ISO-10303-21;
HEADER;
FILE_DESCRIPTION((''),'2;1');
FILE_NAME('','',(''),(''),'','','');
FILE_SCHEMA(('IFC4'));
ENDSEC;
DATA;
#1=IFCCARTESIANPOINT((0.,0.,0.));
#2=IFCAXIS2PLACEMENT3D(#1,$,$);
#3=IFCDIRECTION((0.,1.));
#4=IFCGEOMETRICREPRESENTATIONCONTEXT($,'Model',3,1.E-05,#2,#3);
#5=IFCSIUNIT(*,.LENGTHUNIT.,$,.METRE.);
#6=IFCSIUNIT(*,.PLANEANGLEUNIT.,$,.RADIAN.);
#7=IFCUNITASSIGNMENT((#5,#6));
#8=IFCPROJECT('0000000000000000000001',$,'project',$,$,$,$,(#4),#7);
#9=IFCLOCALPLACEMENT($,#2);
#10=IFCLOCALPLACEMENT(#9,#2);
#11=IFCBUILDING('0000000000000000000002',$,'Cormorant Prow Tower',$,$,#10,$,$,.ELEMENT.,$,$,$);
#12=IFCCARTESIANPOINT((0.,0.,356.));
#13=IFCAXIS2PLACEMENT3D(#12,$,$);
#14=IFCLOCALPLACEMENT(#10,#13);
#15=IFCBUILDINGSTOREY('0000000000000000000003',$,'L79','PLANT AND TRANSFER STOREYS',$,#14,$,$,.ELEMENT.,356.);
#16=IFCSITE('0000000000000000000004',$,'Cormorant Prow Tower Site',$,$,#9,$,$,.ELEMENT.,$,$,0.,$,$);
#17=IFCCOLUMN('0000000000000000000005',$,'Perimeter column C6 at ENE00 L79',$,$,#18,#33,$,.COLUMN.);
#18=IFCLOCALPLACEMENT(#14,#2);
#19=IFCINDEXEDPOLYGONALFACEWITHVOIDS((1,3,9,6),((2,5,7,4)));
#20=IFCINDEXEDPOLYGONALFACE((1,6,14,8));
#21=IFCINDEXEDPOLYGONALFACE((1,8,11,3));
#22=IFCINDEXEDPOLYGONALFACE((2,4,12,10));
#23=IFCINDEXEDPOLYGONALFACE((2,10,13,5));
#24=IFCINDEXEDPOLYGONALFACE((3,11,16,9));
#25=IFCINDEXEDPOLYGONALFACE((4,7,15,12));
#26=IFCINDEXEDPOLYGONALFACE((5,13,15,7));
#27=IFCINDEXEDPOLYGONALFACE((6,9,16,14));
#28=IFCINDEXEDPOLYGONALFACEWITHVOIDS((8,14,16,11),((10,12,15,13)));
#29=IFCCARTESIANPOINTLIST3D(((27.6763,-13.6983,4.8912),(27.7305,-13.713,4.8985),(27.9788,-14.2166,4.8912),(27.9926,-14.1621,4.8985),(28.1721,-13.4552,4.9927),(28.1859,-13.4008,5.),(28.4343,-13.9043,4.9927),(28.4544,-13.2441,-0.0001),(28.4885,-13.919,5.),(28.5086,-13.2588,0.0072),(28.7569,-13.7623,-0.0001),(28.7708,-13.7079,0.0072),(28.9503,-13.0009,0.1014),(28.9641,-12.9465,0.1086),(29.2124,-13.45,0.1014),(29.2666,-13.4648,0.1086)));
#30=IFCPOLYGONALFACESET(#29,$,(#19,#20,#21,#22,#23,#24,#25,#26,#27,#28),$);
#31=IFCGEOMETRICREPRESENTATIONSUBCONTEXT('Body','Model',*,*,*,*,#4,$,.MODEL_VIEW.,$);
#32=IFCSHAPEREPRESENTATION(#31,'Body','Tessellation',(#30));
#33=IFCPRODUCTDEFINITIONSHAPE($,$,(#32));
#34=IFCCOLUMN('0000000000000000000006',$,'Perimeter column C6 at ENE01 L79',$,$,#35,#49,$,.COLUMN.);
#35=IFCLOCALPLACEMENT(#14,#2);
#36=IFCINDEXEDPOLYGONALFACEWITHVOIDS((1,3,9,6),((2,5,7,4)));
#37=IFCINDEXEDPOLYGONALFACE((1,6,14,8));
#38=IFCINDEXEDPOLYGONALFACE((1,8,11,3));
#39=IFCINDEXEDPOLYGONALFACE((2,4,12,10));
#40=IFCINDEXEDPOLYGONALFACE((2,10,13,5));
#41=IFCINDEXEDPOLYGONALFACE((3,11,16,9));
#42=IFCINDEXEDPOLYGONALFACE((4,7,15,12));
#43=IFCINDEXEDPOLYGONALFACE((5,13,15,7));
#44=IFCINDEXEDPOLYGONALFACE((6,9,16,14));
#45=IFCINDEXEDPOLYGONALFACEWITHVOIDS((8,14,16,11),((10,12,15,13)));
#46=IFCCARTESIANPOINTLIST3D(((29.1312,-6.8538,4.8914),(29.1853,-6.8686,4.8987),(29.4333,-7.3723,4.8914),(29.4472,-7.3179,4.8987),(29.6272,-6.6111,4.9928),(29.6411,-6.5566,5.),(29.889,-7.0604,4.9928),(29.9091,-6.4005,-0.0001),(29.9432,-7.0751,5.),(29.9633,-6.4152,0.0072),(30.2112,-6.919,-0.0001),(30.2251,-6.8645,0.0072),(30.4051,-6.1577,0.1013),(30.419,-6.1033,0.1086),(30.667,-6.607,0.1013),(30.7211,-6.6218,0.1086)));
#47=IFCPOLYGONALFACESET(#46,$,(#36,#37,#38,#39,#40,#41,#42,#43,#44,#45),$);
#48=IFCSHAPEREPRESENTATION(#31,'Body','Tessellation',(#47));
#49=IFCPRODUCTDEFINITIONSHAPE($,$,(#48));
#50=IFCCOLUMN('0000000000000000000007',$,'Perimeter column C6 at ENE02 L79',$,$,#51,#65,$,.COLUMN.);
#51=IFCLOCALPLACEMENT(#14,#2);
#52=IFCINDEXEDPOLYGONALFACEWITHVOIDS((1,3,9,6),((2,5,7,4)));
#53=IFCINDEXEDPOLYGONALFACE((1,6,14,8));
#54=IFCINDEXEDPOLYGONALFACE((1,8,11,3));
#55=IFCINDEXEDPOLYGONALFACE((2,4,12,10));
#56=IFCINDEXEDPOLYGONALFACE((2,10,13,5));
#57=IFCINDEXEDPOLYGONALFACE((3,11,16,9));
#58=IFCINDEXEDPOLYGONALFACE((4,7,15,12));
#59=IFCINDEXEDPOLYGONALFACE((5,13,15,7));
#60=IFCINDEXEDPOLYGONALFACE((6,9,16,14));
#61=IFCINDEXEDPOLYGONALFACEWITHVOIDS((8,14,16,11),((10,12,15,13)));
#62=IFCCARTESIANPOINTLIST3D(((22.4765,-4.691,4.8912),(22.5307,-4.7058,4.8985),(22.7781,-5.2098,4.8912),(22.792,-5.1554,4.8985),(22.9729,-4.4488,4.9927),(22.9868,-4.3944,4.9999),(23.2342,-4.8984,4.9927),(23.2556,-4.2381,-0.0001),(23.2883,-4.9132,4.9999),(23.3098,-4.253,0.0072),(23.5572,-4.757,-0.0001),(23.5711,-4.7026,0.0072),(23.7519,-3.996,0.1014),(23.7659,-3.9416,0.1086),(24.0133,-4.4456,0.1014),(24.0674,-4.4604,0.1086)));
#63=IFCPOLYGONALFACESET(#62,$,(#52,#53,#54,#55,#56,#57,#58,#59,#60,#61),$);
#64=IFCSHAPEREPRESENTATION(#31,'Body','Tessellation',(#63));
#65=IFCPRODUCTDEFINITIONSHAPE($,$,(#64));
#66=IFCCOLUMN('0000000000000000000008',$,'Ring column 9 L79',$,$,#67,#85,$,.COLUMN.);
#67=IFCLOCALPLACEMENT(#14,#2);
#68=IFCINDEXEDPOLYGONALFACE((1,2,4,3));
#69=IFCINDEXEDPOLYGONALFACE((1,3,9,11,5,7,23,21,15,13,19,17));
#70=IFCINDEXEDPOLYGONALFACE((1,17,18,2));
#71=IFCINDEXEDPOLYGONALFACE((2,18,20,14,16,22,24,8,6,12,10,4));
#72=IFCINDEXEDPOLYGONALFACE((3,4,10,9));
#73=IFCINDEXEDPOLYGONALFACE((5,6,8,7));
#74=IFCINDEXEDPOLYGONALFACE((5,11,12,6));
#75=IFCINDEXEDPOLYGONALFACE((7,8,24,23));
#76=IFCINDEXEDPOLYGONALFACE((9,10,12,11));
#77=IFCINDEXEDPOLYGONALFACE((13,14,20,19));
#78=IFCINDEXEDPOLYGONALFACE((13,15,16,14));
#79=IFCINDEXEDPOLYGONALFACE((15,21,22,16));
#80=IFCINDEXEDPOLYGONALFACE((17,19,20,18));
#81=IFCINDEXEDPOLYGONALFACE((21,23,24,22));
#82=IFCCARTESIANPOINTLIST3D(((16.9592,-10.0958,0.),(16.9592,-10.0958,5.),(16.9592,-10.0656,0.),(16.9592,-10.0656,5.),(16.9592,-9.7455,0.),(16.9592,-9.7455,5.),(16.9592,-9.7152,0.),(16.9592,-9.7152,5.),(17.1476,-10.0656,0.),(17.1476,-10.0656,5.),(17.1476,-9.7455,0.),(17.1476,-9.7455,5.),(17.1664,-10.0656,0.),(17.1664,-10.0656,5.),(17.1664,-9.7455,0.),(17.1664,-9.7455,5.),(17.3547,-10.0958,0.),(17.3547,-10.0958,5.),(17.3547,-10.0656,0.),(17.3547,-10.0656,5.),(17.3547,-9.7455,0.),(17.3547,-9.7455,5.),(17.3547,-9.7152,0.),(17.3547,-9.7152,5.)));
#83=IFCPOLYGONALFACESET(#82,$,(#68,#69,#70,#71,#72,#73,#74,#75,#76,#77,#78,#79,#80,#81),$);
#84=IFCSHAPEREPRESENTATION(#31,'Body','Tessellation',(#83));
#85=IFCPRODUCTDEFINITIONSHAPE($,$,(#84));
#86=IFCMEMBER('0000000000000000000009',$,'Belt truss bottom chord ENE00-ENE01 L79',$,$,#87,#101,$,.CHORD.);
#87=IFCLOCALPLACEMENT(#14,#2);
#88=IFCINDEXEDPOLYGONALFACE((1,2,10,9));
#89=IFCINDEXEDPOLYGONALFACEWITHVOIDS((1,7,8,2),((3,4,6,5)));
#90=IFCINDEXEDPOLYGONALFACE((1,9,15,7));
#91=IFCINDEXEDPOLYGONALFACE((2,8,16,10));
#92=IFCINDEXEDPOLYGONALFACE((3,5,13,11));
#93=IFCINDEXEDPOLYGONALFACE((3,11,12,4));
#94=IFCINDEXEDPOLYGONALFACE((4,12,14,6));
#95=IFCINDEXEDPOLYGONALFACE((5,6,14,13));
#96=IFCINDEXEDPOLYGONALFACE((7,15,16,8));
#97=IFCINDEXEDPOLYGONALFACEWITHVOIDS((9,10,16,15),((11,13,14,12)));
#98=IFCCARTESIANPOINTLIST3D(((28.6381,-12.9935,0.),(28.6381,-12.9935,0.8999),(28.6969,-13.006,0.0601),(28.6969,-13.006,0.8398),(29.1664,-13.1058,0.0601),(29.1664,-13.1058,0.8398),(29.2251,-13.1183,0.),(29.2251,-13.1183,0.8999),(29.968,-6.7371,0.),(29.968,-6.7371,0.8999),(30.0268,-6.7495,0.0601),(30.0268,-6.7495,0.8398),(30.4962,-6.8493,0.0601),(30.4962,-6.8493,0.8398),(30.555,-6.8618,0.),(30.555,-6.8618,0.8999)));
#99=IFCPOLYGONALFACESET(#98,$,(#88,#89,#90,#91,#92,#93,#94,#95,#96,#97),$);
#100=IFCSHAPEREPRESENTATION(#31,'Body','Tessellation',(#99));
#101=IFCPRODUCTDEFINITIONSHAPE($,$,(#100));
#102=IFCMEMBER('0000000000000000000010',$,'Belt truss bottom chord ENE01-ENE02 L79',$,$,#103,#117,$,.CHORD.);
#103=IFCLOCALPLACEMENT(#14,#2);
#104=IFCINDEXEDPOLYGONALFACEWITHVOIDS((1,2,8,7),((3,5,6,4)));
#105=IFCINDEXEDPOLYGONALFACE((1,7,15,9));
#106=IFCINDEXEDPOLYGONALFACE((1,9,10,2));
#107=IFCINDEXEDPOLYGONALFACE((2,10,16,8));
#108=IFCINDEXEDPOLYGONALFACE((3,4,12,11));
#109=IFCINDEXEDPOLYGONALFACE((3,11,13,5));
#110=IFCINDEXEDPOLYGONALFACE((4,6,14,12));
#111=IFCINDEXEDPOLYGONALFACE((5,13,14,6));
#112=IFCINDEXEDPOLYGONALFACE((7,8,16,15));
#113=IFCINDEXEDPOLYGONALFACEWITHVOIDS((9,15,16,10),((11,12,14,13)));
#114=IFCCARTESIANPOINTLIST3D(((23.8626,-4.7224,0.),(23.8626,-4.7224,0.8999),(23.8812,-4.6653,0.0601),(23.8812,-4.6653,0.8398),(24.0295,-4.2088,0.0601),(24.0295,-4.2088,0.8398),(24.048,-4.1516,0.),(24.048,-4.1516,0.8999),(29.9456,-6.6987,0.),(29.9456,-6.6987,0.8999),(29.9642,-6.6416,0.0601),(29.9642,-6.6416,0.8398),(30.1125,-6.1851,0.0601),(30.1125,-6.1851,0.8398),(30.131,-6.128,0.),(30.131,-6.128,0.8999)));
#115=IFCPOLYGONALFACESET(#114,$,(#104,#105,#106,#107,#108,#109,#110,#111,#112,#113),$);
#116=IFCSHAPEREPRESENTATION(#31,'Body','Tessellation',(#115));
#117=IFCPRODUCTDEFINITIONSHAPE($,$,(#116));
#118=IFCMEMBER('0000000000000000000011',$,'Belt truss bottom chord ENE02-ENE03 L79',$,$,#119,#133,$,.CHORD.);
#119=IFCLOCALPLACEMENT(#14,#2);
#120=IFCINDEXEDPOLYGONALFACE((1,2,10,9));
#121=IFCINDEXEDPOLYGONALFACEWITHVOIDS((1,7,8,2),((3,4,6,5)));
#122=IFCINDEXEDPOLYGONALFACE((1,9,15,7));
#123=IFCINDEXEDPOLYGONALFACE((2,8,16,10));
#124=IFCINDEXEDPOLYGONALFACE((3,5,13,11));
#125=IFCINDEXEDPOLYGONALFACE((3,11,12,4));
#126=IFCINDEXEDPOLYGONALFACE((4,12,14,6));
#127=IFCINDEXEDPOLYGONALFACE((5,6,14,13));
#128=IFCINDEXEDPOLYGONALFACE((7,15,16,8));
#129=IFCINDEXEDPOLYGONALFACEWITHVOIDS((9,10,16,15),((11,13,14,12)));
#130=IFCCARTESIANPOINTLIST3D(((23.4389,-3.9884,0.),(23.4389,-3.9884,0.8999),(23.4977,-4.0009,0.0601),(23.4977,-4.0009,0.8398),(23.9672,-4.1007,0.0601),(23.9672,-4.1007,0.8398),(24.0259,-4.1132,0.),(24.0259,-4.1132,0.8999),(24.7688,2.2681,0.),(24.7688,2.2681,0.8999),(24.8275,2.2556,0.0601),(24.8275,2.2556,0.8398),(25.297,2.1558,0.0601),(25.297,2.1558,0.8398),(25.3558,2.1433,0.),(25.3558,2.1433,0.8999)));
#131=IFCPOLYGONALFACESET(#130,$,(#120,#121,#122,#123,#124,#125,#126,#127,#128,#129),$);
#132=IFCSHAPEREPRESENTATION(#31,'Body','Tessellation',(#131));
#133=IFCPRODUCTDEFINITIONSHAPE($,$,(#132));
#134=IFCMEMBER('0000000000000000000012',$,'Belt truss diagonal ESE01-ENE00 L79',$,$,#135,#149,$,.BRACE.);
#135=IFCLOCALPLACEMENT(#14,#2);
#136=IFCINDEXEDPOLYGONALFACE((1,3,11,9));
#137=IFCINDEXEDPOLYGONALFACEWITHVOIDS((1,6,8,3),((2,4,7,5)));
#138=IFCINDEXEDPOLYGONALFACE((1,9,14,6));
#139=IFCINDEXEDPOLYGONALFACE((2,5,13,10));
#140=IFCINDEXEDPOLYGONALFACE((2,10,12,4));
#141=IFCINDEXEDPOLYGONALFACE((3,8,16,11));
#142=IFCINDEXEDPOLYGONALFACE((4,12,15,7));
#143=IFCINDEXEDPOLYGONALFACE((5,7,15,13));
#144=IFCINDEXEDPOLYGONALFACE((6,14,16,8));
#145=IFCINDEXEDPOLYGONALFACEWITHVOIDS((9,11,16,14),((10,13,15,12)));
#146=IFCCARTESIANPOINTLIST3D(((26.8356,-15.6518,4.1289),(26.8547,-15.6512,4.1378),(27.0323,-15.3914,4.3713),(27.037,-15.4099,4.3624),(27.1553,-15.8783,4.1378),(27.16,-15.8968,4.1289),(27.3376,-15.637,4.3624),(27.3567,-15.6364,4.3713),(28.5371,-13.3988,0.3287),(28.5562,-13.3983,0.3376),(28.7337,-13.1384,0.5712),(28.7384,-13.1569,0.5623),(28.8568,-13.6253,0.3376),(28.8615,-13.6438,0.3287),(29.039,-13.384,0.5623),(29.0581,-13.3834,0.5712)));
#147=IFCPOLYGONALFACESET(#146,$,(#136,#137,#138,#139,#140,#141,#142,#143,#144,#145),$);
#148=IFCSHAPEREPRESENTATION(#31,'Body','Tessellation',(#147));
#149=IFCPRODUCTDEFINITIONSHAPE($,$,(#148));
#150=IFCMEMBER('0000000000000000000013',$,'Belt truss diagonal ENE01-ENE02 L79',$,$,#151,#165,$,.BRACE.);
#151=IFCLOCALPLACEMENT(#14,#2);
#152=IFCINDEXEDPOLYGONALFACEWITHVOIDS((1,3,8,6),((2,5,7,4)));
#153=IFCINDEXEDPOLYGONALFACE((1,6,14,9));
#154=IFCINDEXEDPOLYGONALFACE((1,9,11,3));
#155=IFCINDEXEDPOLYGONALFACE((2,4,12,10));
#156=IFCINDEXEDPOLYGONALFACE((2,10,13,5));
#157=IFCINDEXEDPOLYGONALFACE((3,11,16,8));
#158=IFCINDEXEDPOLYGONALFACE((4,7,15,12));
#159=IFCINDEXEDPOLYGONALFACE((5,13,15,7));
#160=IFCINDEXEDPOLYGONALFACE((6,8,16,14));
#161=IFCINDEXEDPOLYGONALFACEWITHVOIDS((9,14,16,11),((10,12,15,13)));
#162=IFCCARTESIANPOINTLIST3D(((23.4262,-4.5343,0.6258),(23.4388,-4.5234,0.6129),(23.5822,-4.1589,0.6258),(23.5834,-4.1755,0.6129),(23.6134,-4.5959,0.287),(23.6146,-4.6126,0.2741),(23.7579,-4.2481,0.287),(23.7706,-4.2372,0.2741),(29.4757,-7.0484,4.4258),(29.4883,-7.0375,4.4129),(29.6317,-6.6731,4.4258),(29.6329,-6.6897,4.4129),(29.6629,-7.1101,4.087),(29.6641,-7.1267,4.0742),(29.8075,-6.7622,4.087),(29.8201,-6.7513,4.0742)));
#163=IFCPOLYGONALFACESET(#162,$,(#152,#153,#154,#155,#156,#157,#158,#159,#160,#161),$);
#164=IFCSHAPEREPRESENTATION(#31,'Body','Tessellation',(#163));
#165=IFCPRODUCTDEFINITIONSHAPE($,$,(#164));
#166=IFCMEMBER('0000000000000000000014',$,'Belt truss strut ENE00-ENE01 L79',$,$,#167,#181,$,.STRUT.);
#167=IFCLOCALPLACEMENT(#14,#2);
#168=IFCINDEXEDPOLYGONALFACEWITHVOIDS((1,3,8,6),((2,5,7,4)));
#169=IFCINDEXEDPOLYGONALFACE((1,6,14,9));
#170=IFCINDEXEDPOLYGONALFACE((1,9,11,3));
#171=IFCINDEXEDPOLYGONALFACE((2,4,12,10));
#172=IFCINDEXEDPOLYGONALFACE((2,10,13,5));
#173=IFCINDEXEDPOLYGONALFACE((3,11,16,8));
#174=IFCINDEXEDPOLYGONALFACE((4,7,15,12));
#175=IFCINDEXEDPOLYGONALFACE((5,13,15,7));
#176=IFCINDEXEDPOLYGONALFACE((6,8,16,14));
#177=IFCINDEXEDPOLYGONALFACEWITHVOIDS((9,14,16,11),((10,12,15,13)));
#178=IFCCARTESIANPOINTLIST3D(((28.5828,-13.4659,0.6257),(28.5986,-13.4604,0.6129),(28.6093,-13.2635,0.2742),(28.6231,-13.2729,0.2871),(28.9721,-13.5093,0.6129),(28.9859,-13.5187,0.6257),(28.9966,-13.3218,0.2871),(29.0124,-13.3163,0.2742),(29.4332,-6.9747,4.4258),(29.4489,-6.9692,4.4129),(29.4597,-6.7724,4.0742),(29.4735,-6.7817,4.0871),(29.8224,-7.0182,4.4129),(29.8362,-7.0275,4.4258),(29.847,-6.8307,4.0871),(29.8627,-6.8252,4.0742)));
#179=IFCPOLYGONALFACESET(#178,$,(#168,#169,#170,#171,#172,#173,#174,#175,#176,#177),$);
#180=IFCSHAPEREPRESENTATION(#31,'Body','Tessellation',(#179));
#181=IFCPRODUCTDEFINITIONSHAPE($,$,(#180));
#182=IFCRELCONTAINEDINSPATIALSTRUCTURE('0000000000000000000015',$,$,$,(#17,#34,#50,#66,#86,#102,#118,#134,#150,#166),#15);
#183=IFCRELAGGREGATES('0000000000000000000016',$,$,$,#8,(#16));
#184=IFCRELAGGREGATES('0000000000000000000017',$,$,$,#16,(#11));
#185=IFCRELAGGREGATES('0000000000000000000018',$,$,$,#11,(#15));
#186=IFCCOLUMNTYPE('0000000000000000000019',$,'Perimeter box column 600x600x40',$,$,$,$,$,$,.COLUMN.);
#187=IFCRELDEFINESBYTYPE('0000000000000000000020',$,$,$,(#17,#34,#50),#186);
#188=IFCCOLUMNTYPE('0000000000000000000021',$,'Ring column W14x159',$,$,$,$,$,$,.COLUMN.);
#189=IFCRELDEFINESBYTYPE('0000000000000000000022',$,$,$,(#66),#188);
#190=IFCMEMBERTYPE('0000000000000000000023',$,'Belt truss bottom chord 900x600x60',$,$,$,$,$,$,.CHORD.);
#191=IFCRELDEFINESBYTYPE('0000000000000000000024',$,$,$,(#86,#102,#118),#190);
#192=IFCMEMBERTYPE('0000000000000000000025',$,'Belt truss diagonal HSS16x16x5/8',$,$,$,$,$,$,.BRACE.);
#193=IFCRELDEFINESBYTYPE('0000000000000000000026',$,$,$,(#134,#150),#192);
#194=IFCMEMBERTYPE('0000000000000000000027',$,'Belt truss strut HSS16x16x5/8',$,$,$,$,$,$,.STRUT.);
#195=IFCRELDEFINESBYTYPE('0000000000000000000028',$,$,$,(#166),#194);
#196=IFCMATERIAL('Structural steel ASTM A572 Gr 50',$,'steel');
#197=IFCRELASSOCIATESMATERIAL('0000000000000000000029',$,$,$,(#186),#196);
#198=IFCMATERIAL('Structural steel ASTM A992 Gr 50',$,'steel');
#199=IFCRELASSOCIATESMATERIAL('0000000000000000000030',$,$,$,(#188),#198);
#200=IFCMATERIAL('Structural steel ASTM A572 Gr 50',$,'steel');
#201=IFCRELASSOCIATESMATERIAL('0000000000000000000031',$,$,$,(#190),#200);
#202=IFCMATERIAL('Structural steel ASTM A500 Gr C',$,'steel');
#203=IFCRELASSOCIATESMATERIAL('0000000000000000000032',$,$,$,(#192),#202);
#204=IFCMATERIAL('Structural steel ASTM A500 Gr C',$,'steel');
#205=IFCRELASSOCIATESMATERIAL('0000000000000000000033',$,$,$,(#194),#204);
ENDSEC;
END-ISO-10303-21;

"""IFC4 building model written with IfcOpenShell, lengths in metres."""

from ifc_helpers import new_model, si_unit, direction, frame, origin, origin_2d, place, context, subcontext, project, spatial, hollow_rectangle, i_section, extrude, material, material_profile, profile_set, type_object, element, save


model = new_model("IFC4")

# Units and contexts
model_context = context("Model", 3, precision=1e-05, world=origin(), true_north=direction((0.0, 1.0)))
body_context = subcontext(model_context, "Body", "Model", "MODEL_VIEW")
ifc_project = project(units=[si_unit("LENGTHUNIT", "METRE"), si_unit("PLANEANGLEUNIT", "RADIAN")], contexts=[model_context])

# Site, building, storey
site_placement = place(None, origin())
site = spatial("IfcSite", under=ifc_project, at=site_placement, Name="Cormorant Prow Tower Site", CompositionType="ELEMENT", RefElevation=0.0)
building_placement = place(site_placement, origin())
building = spatial("IfcBuilding", under=site, at=building_placement, Name="Cormorant Prow Tower", CompositionType="ELEMENT")
storey_placement = place(building_placement, frame((0.0, 0.0, 356.0)))
storey = spatial("IfcBuildingStorey", under=building, at=storey_placement, Name="L79", Description="PLANT AND TRANSFER STOREYS", CompositionType="ELEMENT", Elevation=356.0)

# Columns
ifc_material_1 = material(Name="Structural steel ASTM A572 Gr 50", Category="steel")
ifc_material_profile_1 = material_profile(ifc_material_1, hollow_rectangle(XDim=0.6001, YDim=0.6001, WallThickness=0.04, at=origin_2d()), Name="Box 600x600x40")
ifc_profile_set_1 = profile_set([ifc_material_profile_1], Name="Structural steel ASTM A572 Gr 50")
column_type_1 = type_object("IfcColumnType", Name="Perimeter box column 600x600x40", PredefinedType="COLUMN", material=ifc_profile_set_1)
for number, where, z_axis, x_axis, name in (
    (1, (28.8691, -13.3494, 0.0), (-0.15645, -0.091334, 0.983454), (0.504168, -0.863606, 0.0), "Perimeter column C6 at ENE00 L79"),
    (2, (30.3237, -6.5061, 0.0), (-0.156406, -0.091145, 0.983478), (0.503492, -0.864, 0.0), "Perimeter column C6 at ENE01 L79"),
    (3, (23.6702, -4.3442, 0.0), (-0.156641, -0.091046, 0.98345), (0.502519, -0.864566, 0.0), "Perimeter column C6 at ENE02 L79"),
):
    element("IfcColumn", number, at=place(storey_placement, frame(where, z_axis=z_axis, x_axis=x_axis)), inside=storey, type_object=column_type_1, Name=name, PredefinedType="COLUMN", context=body_context, shape_type="SweptSolid", body=[
        extrude(hollow_rectangle(XDim=0.6001, YDim=0.6001, WallThickness=0.04, at=origin_2d()), frame((0.0, 0.0, 0.0552)), (0.0, 0.0, 1.0), 4.9736),
    ])
ifc_material_2 = material(Name="Structural steel ASTM A992 Gr 50", Category="steel")
ifc_material_profile_2 = material_profile(ifc_material_2, i_section(OverallWidth=0.3955, OverallDepth=0.3806, WebThickness=0.0188, FlangeThickness=0.0303, at=origin_2d()), Name="W14x159")
ifc_profile_set_2 = profile_set([ifc_material_profile_2], Name="Structural steel ASTM A992 Gr 50")
column_type_2 = type_object("IfcColumnType", Name="Ring column W14x159", PredefinedType="COLUMN", material=ifc_profile_set_2)
column_placement = place(storey_placement, frame((17.157, -9.9055, 0.0), z_axis=(0.0, 0.0, 1.0), x_axis=(1.0, 0.0, 0.0)))
element("IfcColumn", 4, at=column_placement, inside=storey, type_object=column_type_2, Name="Ring column 9 L79", PredefinedType="COLUMN", context=body_context, shape_type="SweptSolid", body=[
    extrude(i_section(OverallWidth=0.3955, OverallDepth=0.3806, WebThickness=0.0188, FlangeThickness=0.0303, at=origin_2d()), origin(), (0.0, 0.0, 1.0), 5.0),
])

# Members
ifc_material_3 = material(Name="Structural steel ASTM A572 Gr 50", Category="steel")
ifc_material_profile_3 = material_profile(ifc_material_3, hollow_rectangle(XDim=0.6001, YDim=0.8999, WallThickness=0.0601, at=origin_2d()), Name="Box 900x600x60")
ifc_profile_set_3 = profile_set([ifc_material_profile_3], Name="Structural steel ASTM A572 Gr 50")
member_type_1 = type_object("IfcMemberType", Name="Belt truss bottom chord 900x600x60", PredefinedType="CHORD", material=ifc_profile_set_3)
member_1_placement = place(storey_placement, frame((28.9316, -13.0559, 0.45), z_axis=(0.207913, 0.978147, 0.0), x_axis=(-0.978147, 0.207913, 0.0)))
element("IfcMember", 5, at=member_1_placement, inside=storey, type_object=member_type_1, Name="Belt truss bottom chord ENE00-ENE01 L79", PredefinedType="CHORD", context=body_context, shape_type="SweptSolid", body=[
    extrude(hollow_rectangle(XDim=0.6001, YDim=0.8999, WallThickness=0.0601, at=origin_2d()), origin(), (0.0, 0.0, 1.0), 6.3962),
])
member_2_placement = place(storey_placement, frame((30.0383, -6.4133, 0.45), z_axis=(-0.951064, 0.308993, 0.0), x_axis=(-0.308993, -0.951064, 0.0)))
element("IfcMember", 6, at=member_2_placement, inside=storey, type_object=member_type_1, Name="Belt truss bottom chord ENE01-ENE02 L79", PredefinedType="CHORD", context=body_context, shape_type="SweptSolid", body=[
    extrude(hollow_rectangle(XDim=0.6001, YDim=0.8999, WallThickness=0.0601, at=origin_2d()), origin(), (0.0, 0.0, 1.0), 6.396),
])
member_3_placement = place(storey_placement, frame((23.7324, -4.0508, 0.45), z_axis=(0.207913, 0.978147, 0.0), x_axis=(-0.978147, 0.207913, 0.0)))
element("IfcMember", 7, at=member_3_placement, inside=storey, type_object=member_type_1, Name="Belt truss bottom chord ENE02-ENE03 L79", PredefinedType="CHORD", context=body_context, shape_type="SweptSolid", body=[
    extrude(hollow_rectangle(XDim=0.6001, YDim=0.8999, WallThickness=0.0601, at=origin_2d()), origin(), (0.0, 0.0, 1.0), 6.3962),
])
ifc_material_4 = material(Name="Structural steel ASTM A500 Gr C", Category="steel")
ifc_material_profile_4 = material_profile(ifc_material_4, hollow_rectangle(XDim=0.4065, YDim=0.4065, WallThickness=0.0149, at=origin_2d()), Name="HSS16x16x5/8")
ifc_profile_set_4 = profile_set([ifc_material_profile_4], Name="Structural steel ASTM A500 Gr C")
member_type_2 = type_object("IfcMemberType", Name="Belt truss diagonal HSS16x16x5/8", PredefinedType="BRACE", material=ifc_profile_set_4)
member_4_placement = place(storey_placement, frame((28.7976, -13.3911, 0.45), z_axis=(-0.359402, -0.475903, 0.802712), x_axis=(0.798003, -0.602653, 0.0)))
element("IfcMember", 8, at=member_4_placement, inside=storey, type_object=member_type_2, Name="Belt truss diagonal ESE01-ENE00 L79", PredefinedType="BRACE", context=body_context, shape_type="SweptSolid", body=[
    extrude(hollow_rectangle(XDim=0.4065, YDim=0.4065, WallThickness=0.0149, at=origin_2d()), origin(), (0.0, 0.0, 1.0), 4.7341),
])
member_5_placement = place(storey_placement, frame((23.5984, -4.3857, 0.45), z_axis=(0.798775, -0.331966, 0.501753), x_axis=(0.383771, 0.923428, 0.0)))
element("IfcMember", 9, at=member_5_placement, inside=storey, type_object=member_type_2, Name="Belt truss diagonal ENE01-ENE02 L79", PredefinedType="BRACE", context=body_context, shape_type="SweptSolid", body=[
    extrude(hollow_rectangle(XDim=0.4065, YDim=0.4065, WallThickness=0.0149, at=origin_2d()), origin(), (0.0, 0.0, 1.0), 7.5735),
])
ifc_material_5 = material(Name="Structural steel ASTM A500 Gr C", Category="steel")
ifc_material_profile_5 = material_profile(ifc_material_5, hollow_rectangle(XDim=0.4065, YDim=0.4065, WallThickness=0.0149, at=origin_2d()), Name="HSS16x16x5/8")
ifc_profile_set_5 = profile_set([ifc_material_profile_5], Name="Structural steel ASTM A500 Gr C")
member_type_3 = type_object("IfcMemberType", Name="Belt truss strut HSS16x16x5/8", PredefinedType="STRUT", material=ifc_profile_set_5)
member_6_placement = place(storey_placement, frame((28.7976, -13.3911, 0.45), z_axis=(0.112336, 0.857534, 0.502013), x_axis=(-0.991529, 0.129889, 0.0)))
element("IfcMember", 10, at=member_6_placement, inside=storey, type_object=member_type_3, Name="Belt truss strut ENE00-ENE01 L79", PredefinedType="STRUT", context=body_context, shape_type="SweptSolid", body=[
    extrude(hollow_rectangle(XDim=0.4065, YDim=0.4065, WallThickness=0.0149, at=origin_2d()), origin(), (0.0, 0.0, 1.0), 7.5696),
])

save(model, "model.ifc")
